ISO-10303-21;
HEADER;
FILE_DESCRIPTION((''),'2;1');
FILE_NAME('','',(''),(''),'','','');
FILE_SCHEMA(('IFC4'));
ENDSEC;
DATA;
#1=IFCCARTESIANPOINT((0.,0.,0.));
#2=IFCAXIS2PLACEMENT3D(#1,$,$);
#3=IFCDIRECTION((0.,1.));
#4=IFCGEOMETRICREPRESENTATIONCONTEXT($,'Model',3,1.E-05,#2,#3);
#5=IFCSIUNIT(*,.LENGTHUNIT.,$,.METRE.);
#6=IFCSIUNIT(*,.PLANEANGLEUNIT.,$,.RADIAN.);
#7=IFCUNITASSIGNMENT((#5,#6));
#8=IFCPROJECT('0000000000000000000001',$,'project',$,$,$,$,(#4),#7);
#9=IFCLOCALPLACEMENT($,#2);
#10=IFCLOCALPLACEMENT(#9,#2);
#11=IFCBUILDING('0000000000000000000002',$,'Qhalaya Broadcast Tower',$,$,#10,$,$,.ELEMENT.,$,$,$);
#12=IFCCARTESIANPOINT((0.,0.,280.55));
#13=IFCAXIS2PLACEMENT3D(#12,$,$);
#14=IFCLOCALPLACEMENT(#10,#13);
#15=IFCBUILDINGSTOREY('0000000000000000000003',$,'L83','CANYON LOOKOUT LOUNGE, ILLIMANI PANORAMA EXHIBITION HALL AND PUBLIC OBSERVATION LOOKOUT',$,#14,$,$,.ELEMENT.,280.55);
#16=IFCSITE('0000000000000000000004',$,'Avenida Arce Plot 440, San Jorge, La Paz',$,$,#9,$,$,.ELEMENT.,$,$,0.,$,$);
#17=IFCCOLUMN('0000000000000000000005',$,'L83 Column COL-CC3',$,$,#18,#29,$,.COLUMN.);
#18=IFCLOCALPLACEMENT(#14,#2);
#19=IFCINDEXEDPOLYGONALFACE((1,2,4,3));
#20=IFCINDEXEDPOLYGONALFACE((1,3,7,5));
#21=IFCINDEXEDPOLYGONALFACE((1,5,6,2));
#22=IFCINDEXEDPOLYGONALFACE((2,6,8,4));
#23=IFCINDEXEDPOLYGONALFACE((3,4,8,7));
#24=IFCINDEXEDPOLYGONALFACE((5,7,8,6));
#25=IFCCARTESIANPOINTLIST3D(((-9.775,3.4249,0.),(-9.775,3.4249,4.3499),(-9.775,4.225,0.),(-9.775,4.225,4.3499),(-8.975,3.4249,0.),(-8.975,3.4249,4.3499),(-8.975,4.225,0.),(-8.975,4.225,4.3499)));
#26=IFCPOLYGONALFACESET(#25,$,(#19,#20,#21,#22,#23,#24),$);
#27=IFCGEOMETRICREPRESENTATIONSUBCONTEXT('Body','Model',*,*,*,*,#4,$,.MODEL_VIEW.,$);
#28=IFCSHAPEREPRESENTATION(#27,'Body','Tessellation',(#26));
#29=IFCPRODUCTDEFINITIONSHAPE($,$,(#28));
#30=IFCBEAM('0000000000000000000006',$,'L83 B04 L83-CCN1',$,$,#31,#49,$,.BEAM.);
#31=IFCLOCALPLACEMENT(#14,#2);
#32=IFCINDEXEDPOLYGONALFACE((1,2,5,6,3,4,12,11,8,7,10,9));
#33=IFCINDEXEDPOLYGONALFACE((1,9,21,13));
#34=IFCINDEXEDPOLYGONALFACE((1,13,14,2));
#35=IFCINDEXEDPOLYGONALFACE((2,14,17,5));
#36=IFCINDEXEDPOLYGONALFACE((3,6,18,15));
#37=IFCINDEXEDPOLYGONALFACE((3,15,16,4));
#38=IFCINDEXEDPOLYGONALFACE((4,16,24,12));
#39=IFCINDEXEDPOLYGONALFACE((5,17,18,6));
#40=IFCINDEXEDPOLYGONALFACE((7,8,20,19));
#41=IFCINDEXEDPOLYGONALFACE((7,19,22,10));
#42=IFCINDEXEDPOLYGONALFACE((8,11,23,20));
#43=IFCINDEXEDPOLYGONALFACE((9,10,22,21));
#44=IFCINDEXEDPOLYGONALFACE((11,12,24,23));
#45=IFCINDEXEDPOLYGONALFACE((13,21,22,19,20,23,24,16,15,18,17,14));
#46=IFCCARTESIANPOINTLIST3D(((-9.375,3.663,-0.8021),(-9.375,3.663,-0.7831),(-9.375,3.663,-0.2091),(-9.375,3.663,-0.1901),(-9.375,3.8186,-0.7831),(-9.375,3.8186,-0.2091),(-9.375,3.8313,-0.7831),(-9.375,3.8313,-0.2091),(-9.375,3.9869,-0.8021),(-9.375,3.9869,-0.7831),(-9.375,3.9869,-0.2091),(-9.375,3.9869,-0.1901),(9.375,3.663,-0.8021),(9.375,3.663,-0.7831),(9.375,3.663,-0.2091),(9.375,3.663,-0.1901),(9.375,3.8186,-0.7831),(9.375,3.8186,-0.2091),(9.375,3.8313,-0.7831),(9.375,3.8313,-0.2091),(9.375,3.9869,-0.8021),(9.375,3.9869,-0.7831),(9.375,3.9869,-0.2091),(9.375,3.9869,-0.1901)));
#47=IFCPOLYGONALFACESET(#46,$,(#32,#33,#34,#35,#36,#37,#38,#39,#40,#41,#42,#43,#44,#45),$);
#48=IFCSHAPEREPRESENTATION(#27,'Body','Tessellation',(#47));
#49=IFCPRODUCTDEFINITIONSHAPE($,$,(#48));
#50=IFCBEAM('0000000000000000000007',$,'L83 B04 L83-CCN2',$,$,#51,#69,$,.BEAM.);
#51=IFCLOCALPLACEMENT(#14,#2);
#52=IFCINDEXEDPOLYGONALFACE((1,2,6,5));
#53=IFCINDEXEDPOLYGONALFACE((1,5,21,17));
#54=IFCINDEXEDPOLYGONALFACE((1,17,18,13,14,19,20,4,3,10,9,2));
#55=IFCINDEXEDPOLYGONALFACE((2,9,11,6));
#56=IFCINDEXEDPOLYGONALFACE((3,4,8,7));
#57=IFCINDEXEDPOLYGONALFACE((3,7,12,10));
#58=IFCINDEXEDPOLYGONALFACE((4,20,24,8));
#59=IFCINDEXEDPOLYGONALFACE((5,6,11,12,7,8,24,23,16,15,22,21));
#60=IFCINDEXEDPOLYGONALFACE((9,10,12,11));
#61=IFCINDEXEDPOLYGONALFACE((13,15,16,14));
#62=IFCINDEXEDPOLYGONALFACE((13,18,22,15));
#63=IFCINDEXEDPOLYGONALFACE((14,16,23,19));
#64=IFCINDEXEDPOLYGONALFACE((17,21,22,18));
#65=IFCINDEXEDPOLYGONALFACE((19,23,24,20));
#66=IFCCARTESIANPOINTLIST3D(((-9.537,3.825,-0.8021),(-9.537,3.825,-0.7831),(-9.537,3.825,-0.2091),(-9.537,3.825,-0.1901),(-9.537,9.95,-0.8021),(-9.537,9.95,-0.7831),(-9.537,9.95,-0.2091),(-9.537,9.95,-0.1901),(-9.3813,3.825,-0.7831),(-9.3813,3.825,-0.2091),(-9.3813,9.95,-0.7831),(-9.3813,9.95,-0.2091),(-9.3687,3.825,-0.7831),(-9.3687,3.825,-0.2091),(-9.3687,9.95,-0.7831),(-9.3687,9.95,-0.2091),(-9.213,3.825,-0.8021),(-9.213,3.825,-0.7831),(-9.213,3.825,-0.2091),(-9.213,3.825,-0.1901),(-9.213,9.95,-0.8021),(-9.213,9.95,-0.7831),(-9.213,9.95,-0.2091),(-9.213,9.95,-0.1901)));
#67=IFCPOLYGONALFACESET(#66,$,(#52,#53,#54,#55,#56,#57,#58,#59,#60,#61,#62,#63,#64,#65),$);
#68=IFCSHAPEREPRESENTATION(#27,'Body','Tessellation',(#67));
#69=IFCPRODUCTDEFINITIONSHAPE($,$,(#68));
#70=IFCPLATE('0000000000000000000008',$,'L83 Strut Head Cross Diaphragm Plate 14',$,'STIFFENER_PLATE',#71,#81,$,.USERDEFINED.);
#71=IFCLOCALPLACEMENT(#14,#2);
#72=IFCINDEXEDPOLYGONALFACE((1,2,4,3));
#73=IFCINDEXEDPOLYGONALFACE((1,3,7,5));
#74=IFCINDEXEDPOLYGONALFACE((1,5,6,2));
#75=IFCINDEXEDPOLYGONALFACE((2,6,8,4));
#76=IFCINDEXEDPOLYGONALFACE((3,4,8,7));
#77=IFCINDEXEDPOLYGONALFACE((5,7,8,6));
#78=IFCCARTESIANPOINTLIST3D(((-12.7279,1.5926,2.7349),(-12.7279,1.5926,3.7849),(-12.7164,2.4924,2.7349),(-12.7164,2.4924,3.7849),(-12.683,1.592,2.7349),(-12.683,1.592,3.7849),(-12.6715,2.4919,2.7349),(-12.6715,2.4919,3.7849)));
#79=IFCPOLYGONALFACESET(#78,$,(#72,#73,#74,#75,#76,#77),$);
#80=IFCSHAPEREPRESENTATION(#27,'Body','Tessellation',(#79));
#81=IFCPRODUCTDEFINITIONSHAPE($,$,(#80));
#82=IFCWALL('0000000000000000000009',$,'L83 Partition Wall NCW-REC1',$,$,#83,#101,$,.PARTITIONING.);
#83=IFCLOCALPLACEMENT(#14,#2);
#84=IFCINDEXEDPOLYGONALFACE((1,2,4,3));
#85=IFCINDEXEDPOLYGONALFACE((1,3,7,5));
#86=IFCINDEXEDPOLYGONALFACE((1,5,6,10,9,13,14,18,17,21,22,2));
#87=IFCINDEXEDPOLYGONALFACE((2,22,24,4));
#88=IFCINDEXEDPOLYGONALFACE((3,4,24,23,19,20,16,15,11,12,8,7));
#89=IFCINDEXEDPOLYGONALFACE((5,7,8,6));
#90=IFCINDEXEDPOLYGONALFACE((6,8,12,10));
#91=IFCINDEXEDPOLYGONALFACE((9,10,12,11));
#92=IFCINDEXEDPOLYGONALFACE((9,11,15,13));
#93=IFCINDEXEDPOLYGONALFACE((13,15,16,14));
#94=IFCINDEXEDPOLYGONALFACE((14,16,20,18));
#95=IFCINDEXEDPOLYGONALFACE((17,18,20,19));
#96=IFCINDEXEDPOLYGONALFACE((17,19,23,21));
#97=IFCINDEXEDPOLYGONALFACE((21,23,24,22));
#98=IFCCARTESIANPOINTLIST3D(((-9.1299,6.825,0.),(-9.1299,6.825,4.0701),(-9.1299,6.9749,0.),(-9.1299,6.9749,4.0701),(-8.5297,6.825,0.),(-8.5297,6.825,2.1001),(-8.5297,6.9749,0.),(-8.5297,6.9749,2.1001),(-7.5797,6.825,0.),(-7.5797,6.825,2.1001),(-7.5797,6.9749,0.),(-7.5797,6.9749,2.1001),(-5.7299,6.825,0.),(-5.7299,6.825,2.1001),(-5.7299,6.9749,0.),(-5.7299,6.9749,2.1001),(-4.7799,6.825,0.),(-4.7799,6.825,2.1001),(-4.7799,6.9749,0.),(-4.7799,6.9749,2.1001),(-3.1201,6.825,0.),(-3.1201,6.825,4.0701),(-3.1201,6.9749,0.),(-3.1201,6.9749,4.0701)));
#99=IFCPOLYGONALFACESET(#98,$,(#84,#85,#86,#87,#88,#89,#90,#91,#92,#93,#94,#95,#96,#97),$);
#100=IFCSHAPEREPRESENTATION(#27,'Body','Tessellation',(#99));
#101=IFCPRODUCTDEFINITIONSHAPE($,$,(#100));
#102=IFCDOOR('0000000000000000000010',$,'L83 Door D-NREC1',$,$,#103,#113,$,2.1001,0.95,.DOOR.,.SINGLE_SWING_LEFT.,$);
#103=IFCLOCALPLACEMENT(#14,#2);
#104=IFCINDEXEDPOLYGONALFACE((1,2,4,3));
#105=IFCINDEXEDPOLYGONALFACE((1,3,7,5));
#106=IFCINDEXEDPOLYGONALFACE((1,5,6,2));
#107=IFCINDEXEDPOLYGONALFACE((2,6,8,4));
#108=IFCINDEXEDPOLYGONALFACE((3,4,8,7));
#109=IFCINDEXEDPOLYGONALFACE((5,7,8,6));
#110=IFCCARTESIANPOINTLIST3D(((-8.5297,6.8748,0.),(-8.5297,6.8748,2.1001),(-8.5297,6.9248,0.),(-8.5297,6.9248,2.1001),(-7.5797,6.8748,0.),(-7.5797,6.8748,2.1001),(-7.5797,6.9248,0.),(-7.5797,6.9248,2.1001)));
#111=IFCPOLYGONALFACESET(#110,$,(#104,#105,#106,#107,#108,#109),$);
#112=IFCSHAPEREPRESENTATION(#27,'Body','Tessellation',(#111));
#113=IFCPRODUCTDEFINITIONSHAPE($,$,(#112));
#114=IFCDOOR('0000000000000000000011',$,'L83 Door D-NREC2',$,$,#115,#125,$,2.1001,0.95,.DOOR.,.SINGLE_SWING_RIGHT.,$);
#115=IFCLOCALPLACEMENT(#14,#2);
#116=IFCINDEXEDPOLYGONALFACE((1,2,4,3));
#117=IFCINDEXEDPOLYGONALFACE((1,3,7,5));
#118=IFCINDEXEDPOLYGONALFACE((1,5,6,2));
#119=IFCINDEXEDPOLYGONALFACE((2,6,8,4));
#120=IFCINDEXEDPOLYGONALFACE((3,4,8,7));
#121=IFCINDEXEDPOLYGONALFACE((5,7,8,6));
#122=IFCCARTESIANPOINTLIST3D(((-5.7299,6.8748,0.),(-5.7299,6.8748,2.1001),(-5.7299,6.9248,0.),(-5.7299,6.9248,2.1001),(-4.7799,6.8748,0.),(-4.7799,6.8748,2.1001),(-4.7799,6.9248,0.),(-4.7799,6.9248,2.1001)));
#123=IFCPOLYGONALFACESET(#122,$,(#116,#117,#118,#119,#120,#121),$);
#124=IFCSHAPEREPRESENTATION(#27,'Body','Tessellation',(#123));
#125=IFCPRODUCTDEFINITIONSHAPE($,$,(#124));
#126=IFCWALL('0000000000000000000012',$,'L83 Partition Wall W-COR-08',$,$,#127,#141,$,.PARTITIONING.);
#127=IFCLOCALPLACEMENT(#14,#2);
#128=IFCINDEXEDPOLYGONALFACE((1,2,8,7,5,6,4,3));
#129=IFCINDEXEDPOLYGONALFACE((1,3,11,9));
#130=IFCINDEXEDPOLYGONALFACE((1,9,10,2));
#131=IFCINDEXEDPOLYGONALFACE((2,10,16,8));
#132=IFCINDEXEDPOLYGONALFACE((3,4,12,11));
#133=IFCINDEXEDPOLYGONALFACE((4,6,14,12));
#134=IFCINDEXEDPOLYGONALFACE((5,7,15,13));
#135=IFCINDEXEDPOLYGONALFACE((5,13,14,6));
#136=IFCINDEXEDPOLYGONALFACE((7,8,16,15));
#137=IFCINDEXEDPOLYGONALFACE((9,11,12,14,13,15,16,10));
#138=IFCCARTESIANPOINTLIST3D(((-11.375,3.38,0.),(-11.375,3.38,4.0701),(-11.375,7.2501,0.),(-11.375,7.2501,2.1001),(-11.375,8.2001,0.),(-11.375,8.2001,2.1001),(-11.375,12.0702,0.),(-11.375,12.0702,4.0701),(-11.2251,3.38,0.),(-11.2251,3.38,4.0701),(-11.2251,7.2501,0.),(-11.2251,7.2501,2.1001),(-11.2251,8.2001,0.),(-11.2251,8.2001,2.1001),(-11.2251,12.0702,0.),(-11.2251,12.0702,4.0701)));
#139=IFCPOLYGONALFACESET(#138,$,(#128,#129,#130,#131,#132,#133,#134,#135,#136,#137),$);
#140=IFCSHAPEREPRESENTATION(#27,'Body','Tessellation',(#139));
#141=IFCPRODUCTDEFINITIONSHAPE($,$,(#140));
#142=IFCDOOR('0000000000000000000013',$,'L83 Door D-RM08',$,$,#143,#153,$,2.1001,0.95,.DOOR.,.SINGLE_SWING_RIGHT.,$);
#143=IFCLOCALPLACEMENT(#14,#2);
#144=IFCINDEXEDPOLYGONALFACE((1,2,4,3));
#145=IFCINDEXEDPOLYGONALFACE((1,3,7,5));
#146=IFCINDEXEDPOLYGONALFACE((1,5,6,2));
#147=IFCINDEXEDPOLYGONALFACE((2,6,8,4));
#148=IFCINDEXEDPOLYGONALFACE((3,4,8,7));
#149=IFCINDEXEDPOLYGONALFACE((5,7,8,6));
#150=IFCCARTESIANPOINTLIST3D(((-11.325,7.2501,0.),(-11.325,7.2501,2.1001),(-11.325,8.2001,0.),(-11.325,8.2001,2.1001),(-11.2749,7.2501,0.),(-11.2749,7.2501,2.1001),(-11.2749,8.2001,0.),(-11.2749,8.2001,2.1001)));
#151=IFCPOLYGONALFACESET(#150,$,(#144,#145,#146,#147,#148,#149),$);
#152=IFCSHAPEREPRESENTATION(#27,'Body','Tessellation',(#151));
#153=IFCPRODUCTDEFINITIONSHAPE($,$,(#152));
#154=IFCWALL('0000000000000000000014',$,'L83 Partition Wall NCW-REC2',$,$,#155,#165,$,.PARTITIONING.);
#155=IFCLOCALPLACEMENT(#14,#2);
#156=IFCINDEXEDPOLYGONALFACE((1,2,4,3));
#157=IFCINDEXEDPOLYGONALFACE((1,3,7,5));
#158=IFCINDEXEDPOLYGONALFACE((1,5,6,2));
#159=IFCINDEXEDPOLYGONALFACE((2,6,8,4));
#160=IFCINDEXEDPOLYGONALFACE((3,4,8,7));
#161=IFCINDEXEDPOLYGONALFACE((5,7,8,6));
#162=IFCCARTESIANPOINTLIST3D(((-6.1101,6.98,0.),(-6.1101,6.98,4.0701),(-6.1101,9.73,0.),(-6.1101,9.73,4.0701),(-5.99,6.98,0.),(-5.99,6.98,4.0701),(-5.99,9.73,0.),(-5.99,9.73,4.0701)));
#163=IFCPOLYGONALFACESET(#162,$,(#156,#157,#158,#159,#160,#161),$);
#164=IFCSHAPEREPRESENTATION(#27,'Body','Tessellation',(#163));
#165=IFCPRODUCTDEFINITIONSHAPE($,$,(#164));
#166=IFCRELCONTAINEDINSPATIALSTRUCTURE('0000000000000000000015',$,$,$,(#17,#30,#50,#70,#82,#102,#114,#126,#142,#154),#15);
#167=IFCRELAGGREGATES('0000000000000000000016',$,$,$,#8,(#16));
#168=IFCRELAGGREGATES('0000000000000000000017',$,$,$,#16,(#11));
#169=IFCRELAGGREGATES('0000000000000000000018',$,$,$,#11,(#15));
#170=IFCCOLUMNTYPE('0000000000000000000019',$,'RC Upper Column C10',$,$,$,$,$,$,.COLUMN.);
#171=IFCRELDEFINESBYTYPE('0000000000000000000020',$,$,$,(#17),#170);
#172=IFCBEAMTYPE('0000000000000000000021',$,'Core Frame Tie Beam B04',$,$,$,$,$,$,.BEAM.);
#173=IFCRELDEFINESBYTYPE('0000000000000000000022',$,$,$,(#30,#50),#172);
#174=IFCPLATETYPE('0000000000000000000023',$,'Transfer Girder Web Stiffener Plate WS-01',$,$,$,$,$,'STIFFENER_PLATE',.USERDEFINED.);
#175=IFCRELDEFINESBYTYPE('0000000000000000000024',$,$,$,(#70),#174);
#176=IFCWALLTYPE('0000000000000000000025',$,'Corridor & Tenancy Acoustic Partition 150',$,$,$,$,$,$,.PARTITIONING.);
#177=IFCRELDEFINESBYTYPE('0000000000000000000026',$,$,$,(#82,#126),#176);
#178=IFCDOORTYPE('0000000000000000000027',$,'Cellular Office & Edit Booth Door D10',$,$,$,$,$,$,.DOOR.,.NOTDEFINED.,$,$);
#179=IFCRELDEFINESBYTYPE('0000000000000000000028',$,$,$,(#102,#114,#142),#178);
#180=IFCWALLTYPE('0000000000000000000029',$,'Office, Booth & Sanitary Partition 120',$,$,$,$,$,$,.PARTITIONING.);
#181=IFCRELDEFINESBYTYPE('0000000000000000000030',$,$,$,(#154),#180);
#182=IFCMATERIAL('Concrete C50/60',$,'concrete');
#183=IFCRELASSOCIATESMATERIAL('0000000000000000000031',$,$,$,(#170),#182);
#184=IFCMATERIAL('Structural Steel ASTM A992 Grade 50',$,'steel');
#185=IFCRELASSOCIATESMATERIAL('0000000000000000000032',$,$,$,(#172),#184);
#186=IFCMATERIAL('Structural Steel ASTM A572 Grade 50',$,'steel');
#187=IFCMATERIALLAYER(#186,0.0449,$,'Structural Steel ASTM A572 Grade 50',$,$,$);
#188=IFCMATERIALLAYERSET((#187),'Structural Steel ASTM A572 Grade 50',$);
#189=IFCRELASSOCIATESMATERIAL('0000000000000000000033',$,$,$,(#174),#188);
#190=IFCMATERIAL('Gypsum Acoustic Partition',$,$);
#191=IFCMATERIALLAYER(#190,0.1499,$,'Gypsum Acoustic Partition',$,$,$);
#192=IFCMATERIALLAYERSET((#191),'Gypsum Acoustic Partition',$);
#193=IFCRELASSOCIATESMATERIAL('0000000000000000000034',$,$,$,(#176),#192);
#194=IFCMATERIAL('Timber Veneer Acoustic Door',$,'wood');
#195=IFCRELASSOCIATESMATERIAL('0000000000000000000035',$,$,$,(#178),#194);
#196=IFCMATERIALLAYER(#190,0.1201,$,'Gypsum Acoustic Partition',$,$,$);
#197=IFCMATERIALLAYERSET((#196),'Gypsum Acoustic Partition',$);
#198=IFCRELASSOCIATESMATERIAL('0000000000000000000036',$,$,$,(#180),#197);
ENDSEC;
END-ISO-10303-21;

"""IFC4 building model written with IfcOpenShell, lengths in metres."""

from ifc_helpers import new_model, si_unit, direction, frame, frame_2d, origin, origin_2d, place, context, subcontext, project, spatial, rectangle, i_section, extrude, material, layer, layer_set, material_profile, profile_set, type_object, element, fill, save


model = new_model("IFC4")

# Units and contexts
model_context = context("Model", 3, precision=1e-05, world=origin(), true_north=direction((0.0, 1.0)))
body_context = subcontext(model_context, "Body", "Model", "MODEL_VIEW")
ifc_project = project(units=[si_unit("LENGTHUNIT", "METRE"), si_unit("PLANEANGLEUNIT", "RADIAN")], contexts=[model_context])

# Site, building, storey
site_placement = place(None, origin())
site = spatial("IfcSite", under=ifc_project, at=site_placement, Name="Avenida Arce Plot 440, San Jorge, La Paz", CompositionType="ELEMENT", RefElevation=0.0)
building_placement = place(site_placement, origin())
building = spatial("IfcBuilding", under=site, at=building_placement, Name="Qhalaya Broadcast Tower", CompositionType="ELEMENT")
storey_placement = place(building_placement, frame((0.0, 0.0, 280.55)))
storey = spatial("IfcBuildingStorey", under=building, at=storey_placement, Name="L83", Description="CANYON LOOKOUT LOUNGE, ILLIMANI PANORAMA EXHIBITION HALL AND PUBLIC OBSERVATION LOOKOUT", CompositionType="ELEMENT", Elevation=280.55)

# Column
ifc_material_1 = material(Name="Concrete C50/60", Category="concrete")
ifc_material_profile_1 = material_profile(ifc_material_1, rectangle(XDim=0.8, YDim=0.8, at=origin_2d()), Name="RC-COL 800x800")
ifc_profile_set_1 = profile_set([ifc_material_profile_1], Name="Concrete C50/60")
column_type = type_object("IfcColumnType", Name="RC Upper Column C10", PredefinedType="COLUMN", material=ifc_profile_set_1)
column_placement = place(storey_placement, frame((-9.375, 3.825, 0.0), z_axis=(0.0, 0.0, 1.0), x_axis=(1.0, 0.0, 0.0)))
element("IfcColumn", 1, at=column_placement, inside=storey, type_object=column_type, Name="L83 Column COL-CC3", PredefinedType="COLUMN", context=body_context, shape_type="SweptSolid", body=[
    extrude(rectangle(XDim=0.8, YDim=0.8, at=origin_2d()), origin(), (0.0, 0.0, 1.0), 4.3499),
])

# Beams
ifc_material_2 = material(Name="Structural Steel ASTM A992 Grade 50", Category="steel")
ifc_material_profile_2 = material_profile(ifc_material_2, i_section(OverallWidth=0.324, OverallDepth=0.6121, WebThickness=0.0127, FlangeThickness=0.019, at=origin_2d()), Name="W24X104")
ifc_profile_set_2 = profile_set([ifc_material_profile_2], Name="Structural Steel ASTM A992 Grade 50")
beam_type = type_object("IfcBeamType", Name="Core Frame Tie Beam B04", PredefinedType="BEAM", material=ifc_profile_set_2)
beam_1_placement = place(storey_placement, frame((-9.375, 3.825, -0.4961), z_axis=(1.0, 0.0, 0.0), x_axis=(0.0, 1.0, 0.0)))
element("IfcBeam", 2, at=beam_1_placement, inside=storey, type_object=beam_type, Name="L83 B04 L83-CCN1", PredefinedType="BEAM", context=body_context, shape_type="SweptSolid", body=[
    extrude(i_section(OverallWidth=0.324, OverallDepth=0.6121, WebThickness=0.0127, FlangeThickness=0.019, at=origin_2d()), origin(), (0.0, 0.0, 1.0), 18.75),
])
beam_2_placement = place(storey_placement, frame((-9.375, 3.825, -0.4961), z_axis=(0.0, 1.0, 0.0), x_axis=(-1.0, 0.0, 0.0)))
element("IfcBeam", 3, at=beam_2_placement, inside=storey, type_object=beam_type, Name="L83 B04 L83-CCN2", PredefinedType="BEAM", context=body_context, shape_type="SweptSolid", body=[
    extrude(i_section(OverallWidth=0.324, OverallDepth=0.6121, WebThickness=0.0127, FlangeThickness=0.019, at=origin_2d()), origin(), (0.0, 0.0, 1.0), 6.125),
])

# Plate
ifc_material_3 = material(Name="Structural Steel ASTM A572 Grade 50", Category="steel")
ifc_layer_1 = layer(ifc_material_3, 0.0449, Name="Structural Steel ASTM A572 Grade 50")
ifc_layer_set_1 = layer_set([ifc_layer_1], Name="Structural Steel ASTM A572 Grade 50")
plate_type = type_object("IfcPlateType", Name="Transfer Girder Web Stiffener Plate WS-01", ElementType="STIFFENER_PLATE", PredefinedType="USERDEFINED", material=ifc_layer_set_1)
plate_placement = place(storey_placement, frame((-12.6997, 2.0422, 2.7349), z_axis=(0.0, 0.0, 1.0), x_axis=(0.012828, 0.999918, 0.0)))
element("IfcPlate", 4, at=plate_placement, inside=storey, type_object=plate_type, Name="L83 Strut Head Cross Diaphragm Plate 14", ObjectType="STIFFENER_PLATE", PredefinedType="USERDEFINED", context=body_context, shape_type="SweptSolid", body=[
    extrude(rectangle(XDim=0.8999, YDim=0.0449, at=origin_2d()), origin(), (0.0, 0.0, 1.0), 1.05),
])

# Wall, openings, doors
ifc_material_4 = material(Name="Gypsum Acoustic Partition")
ifc_layer_2 = layer(ifc_material_4, 0.1499, Name="Gypsum Acoustic Partition")
ifc_layer_set_2 = layer_set([ifc_layer_2], Name="Gypsum Acoustic Partition")
wall_type_1 = type_object("IfcWallType", Name="Corridor & Tenancy Acoustic Partition 150", PredefinedType="PARTITIONING", material=ifc_layer_set_2)
wall_1_placement = place(storey_placement, frame((-9.1299, 6.8999, 0.0), z_axis=(0.0, 0.0, 1.0), x_axis=(1.0, 0.0, 0.0)))
wall_1 = element("IfcWall", 5, at=wall_1_placement, inside=storey, type_object=wall_type_1, Name="L83 Partition Wall NCW-REC1", PredefinedType="PARTITIONING", context=body_context, shape_type="SweptSolid", body=[
    extrude(rectangle(XDim=6.0098, YDim=0.1499, at=frame_2d((3.0049, 0.0))), origin(), (0.0, 0.0, 1.0), 4.0701),
])
opening_1_placement = place(wall_1_placement, frame((0.6001, 0.0, 0.0)))
opening_1 = element("IfcOpeningElement", 6, at=opening_1_placement, cuts=wall_1, PredefinedType="OPENING", context=body_context, shape_type="SweptSolid", body=[
    extrude(rectangle(XDim=0.95, YDim=2.1001, at=frame_2d((0.4751, 1.05))), frame((0.0, 0.0869, 0.0), z_axis=(0.0, -1.0, 0.0), x_axis=(1.0, 0.0, 0.0)), (0.0, 0.0, 1.0), 0.1738),
])
opening_2_placement = place(wall_1_placement, frame((3.3999, 0.0, 0.0)))
opening_2 = element("IfcOpeningElement", 7, at=opening_2_placement, cuts=wall_1, PredefinedType="OPENING", context=body_context, shape_type="SweptSolid", body=[
    extrude(rectangle(XDim=0.95, YDim=2.1001, at=frame_2d((0.4751, 1.05))), frame((0.0, 0.0869, 0.0), z_axis=(0.0, -1.0, 0.0), x_axis=(1.0, 0.0, 0.0)), (0.0, 0.0, 1.0), 0.1738),
])
ifc_material_5 = material(Name="Timber Veneer Acoustic Door", Category="wood")
door_type_1 = type_object("IfcDoorType", Name="Cellular Office & Edit Booth Door D10", OperationType="NOTDEFINED", PredefinedType="DOOR", material=ifc_material_5)
door_1_placement = place(opening_1_placement, origin())
door_1 = element("IfcDoor", 8, at=door_1_placement, inside=storey, type_object=door_type_1, Name="L83 Door D-NREC1", OperationType="SINGLE_SWING_LEFT", OverallHeight=2.1001, OverallWidth=0.95, PredefinedType="DOOR", context=body_context, shape_type="SweptSolid", body=[
    extrude(rectangle(XDim=0.95, YDim=2.1001, at=frame_2d((0.4751, 1.05))), frame((0.0, 0.0249, 0.0), z_axis=(0.0, -1.0, 0.0), x_axis=(1.0, 0.0, 0.0)), (0.0, 0.0, 1.0), 0.05),
])
fill(opening_1, door_1)
door_2_placement = place(opening_2_placement, origin())
door_2 = element("IfcDoor", 9, at=door_2_placement, inside=storey, type_object=door_type_1, Name="L83 Door D-NREC2", OperationType="SINGLE_SWING_RIGHT", OverallHeight=2.1001, OverallWidth=0.95, PredefinedType="DOOR", context=body_context, shape_type="SweptSolid", body=[
    extrude(rectangle(XDim=0.95, YDim=2.1001, at=frame_2d((0.4751, 1.05))), frame((0.0, 0.0249, 0.0), z_axis=(0.0, -1.0, 0.0), x_axis=(1.0, 0.0, 0.0)), (0.0, 0.0, 1.0), 0.05),
])
fill(opening_2, door_2)

# Wall, opening, door
wall_2_placement = place(storey_placement, frame((-11.3, 3.3799, 0.0), z_axis=(0.0, 0.0, 1.0), x_axis=(0.0, 1.0, 0.0)))
wall_2 = element("IfcWall", 10, at=wall_2_placement, inside=storey, type_object=wall_type_1, Name="L83 Partition Wall W-COR-08", PredefinedType="PARTITIONING", context=body_context, shape_type="SweptSolid", body=[
    extrude(rectangle(XDim=8.6902, YDim=0.1499, at=frame_2d((4.3452, 0.0))), origin(), (0.0, 0.0, 1.0), 4.0701),
])
opening_3_placement = place(wall_2_placement, frame((3.8701, 0.0, 0.0)))
opening_3 = element("IfcOpeningElement", 11, at=opening_3_placement, cuts=wall_2, PredefinedType="OPENING", context=body_context, shape_type="SweptSolid", body=[
    extrude(rectangle(XDim=0.95, YDim=2.1001, at=frame_2d((0.4751, 1.05))), frame((0.0, 0.0869, 0.0), z_axis=(0.0, -1.0, 0.0), x_axis=(1.0, 0.0, 0.0)), (0.0, 0.0, 1.0), 0.1738),
])
door_3_placement = place(opening_3_placement, origin())
door_3 = element("IfcDoor", 12, at=door_3_placement, inside=storey, type_object=door_type_1, Name="L83 Door D-RM08", OperationType="SINGLE_SWING_RIGHT", OverallHeight=2.1001, OverallWidth=0.95, PredefinedType="DOOR", context=body_context, shape_type="SweptSolid", body=[
    extrude(rectangle(XDim=0.95, YDim=2.1001, at=frame_2d((0.4751, 1.05))), frame((0.0, 0.0249, 0.0), z_axis=(0.0, -1.0, 0.0), x_axis=(1.0, 0.0, 0.0)), (0.0, 0.0, 1.0), 0.05),
])
fill(opening_3, door_3)

# Wall
ifc_layer_3 = layer(ifc_material_4, 0.1201, Name="Gypsum Acoustic Partition")
ifc_layer_set_3 = layer_set([ifc_layer_3], Name="Gypsum Acoustic Partition")
wall_type_2 = type_object("IfcWallType", Name="Office, Booth & Sanitary Partition 120", PredefinedType="PARTITIONING", material=ifc_layer_set_3)
wall_3_placement = place(storey_placement, frame((-6.05, 6.98, 0.0), z_axis=(0.0, 0.0, 1.0), x_axis=(0.0, 1.0, 0.0)))
element("IfcWall", 13, at=wall_3_placement, inside=storey, type_object=wall_type_2, Name="L83 Partition Wall NCW-REC2", PredefinedType="PARTITIONING", context=body_context, shape_type="SweptSolid", body=[
    extrude(rectangle(XDim=2.75, YDim=0.1201, at=frame_2d((1.375, 0.0))), origin(), (0.0, 0.0, 1.0), 4.0701),
])

save(model, "model.ifc")
